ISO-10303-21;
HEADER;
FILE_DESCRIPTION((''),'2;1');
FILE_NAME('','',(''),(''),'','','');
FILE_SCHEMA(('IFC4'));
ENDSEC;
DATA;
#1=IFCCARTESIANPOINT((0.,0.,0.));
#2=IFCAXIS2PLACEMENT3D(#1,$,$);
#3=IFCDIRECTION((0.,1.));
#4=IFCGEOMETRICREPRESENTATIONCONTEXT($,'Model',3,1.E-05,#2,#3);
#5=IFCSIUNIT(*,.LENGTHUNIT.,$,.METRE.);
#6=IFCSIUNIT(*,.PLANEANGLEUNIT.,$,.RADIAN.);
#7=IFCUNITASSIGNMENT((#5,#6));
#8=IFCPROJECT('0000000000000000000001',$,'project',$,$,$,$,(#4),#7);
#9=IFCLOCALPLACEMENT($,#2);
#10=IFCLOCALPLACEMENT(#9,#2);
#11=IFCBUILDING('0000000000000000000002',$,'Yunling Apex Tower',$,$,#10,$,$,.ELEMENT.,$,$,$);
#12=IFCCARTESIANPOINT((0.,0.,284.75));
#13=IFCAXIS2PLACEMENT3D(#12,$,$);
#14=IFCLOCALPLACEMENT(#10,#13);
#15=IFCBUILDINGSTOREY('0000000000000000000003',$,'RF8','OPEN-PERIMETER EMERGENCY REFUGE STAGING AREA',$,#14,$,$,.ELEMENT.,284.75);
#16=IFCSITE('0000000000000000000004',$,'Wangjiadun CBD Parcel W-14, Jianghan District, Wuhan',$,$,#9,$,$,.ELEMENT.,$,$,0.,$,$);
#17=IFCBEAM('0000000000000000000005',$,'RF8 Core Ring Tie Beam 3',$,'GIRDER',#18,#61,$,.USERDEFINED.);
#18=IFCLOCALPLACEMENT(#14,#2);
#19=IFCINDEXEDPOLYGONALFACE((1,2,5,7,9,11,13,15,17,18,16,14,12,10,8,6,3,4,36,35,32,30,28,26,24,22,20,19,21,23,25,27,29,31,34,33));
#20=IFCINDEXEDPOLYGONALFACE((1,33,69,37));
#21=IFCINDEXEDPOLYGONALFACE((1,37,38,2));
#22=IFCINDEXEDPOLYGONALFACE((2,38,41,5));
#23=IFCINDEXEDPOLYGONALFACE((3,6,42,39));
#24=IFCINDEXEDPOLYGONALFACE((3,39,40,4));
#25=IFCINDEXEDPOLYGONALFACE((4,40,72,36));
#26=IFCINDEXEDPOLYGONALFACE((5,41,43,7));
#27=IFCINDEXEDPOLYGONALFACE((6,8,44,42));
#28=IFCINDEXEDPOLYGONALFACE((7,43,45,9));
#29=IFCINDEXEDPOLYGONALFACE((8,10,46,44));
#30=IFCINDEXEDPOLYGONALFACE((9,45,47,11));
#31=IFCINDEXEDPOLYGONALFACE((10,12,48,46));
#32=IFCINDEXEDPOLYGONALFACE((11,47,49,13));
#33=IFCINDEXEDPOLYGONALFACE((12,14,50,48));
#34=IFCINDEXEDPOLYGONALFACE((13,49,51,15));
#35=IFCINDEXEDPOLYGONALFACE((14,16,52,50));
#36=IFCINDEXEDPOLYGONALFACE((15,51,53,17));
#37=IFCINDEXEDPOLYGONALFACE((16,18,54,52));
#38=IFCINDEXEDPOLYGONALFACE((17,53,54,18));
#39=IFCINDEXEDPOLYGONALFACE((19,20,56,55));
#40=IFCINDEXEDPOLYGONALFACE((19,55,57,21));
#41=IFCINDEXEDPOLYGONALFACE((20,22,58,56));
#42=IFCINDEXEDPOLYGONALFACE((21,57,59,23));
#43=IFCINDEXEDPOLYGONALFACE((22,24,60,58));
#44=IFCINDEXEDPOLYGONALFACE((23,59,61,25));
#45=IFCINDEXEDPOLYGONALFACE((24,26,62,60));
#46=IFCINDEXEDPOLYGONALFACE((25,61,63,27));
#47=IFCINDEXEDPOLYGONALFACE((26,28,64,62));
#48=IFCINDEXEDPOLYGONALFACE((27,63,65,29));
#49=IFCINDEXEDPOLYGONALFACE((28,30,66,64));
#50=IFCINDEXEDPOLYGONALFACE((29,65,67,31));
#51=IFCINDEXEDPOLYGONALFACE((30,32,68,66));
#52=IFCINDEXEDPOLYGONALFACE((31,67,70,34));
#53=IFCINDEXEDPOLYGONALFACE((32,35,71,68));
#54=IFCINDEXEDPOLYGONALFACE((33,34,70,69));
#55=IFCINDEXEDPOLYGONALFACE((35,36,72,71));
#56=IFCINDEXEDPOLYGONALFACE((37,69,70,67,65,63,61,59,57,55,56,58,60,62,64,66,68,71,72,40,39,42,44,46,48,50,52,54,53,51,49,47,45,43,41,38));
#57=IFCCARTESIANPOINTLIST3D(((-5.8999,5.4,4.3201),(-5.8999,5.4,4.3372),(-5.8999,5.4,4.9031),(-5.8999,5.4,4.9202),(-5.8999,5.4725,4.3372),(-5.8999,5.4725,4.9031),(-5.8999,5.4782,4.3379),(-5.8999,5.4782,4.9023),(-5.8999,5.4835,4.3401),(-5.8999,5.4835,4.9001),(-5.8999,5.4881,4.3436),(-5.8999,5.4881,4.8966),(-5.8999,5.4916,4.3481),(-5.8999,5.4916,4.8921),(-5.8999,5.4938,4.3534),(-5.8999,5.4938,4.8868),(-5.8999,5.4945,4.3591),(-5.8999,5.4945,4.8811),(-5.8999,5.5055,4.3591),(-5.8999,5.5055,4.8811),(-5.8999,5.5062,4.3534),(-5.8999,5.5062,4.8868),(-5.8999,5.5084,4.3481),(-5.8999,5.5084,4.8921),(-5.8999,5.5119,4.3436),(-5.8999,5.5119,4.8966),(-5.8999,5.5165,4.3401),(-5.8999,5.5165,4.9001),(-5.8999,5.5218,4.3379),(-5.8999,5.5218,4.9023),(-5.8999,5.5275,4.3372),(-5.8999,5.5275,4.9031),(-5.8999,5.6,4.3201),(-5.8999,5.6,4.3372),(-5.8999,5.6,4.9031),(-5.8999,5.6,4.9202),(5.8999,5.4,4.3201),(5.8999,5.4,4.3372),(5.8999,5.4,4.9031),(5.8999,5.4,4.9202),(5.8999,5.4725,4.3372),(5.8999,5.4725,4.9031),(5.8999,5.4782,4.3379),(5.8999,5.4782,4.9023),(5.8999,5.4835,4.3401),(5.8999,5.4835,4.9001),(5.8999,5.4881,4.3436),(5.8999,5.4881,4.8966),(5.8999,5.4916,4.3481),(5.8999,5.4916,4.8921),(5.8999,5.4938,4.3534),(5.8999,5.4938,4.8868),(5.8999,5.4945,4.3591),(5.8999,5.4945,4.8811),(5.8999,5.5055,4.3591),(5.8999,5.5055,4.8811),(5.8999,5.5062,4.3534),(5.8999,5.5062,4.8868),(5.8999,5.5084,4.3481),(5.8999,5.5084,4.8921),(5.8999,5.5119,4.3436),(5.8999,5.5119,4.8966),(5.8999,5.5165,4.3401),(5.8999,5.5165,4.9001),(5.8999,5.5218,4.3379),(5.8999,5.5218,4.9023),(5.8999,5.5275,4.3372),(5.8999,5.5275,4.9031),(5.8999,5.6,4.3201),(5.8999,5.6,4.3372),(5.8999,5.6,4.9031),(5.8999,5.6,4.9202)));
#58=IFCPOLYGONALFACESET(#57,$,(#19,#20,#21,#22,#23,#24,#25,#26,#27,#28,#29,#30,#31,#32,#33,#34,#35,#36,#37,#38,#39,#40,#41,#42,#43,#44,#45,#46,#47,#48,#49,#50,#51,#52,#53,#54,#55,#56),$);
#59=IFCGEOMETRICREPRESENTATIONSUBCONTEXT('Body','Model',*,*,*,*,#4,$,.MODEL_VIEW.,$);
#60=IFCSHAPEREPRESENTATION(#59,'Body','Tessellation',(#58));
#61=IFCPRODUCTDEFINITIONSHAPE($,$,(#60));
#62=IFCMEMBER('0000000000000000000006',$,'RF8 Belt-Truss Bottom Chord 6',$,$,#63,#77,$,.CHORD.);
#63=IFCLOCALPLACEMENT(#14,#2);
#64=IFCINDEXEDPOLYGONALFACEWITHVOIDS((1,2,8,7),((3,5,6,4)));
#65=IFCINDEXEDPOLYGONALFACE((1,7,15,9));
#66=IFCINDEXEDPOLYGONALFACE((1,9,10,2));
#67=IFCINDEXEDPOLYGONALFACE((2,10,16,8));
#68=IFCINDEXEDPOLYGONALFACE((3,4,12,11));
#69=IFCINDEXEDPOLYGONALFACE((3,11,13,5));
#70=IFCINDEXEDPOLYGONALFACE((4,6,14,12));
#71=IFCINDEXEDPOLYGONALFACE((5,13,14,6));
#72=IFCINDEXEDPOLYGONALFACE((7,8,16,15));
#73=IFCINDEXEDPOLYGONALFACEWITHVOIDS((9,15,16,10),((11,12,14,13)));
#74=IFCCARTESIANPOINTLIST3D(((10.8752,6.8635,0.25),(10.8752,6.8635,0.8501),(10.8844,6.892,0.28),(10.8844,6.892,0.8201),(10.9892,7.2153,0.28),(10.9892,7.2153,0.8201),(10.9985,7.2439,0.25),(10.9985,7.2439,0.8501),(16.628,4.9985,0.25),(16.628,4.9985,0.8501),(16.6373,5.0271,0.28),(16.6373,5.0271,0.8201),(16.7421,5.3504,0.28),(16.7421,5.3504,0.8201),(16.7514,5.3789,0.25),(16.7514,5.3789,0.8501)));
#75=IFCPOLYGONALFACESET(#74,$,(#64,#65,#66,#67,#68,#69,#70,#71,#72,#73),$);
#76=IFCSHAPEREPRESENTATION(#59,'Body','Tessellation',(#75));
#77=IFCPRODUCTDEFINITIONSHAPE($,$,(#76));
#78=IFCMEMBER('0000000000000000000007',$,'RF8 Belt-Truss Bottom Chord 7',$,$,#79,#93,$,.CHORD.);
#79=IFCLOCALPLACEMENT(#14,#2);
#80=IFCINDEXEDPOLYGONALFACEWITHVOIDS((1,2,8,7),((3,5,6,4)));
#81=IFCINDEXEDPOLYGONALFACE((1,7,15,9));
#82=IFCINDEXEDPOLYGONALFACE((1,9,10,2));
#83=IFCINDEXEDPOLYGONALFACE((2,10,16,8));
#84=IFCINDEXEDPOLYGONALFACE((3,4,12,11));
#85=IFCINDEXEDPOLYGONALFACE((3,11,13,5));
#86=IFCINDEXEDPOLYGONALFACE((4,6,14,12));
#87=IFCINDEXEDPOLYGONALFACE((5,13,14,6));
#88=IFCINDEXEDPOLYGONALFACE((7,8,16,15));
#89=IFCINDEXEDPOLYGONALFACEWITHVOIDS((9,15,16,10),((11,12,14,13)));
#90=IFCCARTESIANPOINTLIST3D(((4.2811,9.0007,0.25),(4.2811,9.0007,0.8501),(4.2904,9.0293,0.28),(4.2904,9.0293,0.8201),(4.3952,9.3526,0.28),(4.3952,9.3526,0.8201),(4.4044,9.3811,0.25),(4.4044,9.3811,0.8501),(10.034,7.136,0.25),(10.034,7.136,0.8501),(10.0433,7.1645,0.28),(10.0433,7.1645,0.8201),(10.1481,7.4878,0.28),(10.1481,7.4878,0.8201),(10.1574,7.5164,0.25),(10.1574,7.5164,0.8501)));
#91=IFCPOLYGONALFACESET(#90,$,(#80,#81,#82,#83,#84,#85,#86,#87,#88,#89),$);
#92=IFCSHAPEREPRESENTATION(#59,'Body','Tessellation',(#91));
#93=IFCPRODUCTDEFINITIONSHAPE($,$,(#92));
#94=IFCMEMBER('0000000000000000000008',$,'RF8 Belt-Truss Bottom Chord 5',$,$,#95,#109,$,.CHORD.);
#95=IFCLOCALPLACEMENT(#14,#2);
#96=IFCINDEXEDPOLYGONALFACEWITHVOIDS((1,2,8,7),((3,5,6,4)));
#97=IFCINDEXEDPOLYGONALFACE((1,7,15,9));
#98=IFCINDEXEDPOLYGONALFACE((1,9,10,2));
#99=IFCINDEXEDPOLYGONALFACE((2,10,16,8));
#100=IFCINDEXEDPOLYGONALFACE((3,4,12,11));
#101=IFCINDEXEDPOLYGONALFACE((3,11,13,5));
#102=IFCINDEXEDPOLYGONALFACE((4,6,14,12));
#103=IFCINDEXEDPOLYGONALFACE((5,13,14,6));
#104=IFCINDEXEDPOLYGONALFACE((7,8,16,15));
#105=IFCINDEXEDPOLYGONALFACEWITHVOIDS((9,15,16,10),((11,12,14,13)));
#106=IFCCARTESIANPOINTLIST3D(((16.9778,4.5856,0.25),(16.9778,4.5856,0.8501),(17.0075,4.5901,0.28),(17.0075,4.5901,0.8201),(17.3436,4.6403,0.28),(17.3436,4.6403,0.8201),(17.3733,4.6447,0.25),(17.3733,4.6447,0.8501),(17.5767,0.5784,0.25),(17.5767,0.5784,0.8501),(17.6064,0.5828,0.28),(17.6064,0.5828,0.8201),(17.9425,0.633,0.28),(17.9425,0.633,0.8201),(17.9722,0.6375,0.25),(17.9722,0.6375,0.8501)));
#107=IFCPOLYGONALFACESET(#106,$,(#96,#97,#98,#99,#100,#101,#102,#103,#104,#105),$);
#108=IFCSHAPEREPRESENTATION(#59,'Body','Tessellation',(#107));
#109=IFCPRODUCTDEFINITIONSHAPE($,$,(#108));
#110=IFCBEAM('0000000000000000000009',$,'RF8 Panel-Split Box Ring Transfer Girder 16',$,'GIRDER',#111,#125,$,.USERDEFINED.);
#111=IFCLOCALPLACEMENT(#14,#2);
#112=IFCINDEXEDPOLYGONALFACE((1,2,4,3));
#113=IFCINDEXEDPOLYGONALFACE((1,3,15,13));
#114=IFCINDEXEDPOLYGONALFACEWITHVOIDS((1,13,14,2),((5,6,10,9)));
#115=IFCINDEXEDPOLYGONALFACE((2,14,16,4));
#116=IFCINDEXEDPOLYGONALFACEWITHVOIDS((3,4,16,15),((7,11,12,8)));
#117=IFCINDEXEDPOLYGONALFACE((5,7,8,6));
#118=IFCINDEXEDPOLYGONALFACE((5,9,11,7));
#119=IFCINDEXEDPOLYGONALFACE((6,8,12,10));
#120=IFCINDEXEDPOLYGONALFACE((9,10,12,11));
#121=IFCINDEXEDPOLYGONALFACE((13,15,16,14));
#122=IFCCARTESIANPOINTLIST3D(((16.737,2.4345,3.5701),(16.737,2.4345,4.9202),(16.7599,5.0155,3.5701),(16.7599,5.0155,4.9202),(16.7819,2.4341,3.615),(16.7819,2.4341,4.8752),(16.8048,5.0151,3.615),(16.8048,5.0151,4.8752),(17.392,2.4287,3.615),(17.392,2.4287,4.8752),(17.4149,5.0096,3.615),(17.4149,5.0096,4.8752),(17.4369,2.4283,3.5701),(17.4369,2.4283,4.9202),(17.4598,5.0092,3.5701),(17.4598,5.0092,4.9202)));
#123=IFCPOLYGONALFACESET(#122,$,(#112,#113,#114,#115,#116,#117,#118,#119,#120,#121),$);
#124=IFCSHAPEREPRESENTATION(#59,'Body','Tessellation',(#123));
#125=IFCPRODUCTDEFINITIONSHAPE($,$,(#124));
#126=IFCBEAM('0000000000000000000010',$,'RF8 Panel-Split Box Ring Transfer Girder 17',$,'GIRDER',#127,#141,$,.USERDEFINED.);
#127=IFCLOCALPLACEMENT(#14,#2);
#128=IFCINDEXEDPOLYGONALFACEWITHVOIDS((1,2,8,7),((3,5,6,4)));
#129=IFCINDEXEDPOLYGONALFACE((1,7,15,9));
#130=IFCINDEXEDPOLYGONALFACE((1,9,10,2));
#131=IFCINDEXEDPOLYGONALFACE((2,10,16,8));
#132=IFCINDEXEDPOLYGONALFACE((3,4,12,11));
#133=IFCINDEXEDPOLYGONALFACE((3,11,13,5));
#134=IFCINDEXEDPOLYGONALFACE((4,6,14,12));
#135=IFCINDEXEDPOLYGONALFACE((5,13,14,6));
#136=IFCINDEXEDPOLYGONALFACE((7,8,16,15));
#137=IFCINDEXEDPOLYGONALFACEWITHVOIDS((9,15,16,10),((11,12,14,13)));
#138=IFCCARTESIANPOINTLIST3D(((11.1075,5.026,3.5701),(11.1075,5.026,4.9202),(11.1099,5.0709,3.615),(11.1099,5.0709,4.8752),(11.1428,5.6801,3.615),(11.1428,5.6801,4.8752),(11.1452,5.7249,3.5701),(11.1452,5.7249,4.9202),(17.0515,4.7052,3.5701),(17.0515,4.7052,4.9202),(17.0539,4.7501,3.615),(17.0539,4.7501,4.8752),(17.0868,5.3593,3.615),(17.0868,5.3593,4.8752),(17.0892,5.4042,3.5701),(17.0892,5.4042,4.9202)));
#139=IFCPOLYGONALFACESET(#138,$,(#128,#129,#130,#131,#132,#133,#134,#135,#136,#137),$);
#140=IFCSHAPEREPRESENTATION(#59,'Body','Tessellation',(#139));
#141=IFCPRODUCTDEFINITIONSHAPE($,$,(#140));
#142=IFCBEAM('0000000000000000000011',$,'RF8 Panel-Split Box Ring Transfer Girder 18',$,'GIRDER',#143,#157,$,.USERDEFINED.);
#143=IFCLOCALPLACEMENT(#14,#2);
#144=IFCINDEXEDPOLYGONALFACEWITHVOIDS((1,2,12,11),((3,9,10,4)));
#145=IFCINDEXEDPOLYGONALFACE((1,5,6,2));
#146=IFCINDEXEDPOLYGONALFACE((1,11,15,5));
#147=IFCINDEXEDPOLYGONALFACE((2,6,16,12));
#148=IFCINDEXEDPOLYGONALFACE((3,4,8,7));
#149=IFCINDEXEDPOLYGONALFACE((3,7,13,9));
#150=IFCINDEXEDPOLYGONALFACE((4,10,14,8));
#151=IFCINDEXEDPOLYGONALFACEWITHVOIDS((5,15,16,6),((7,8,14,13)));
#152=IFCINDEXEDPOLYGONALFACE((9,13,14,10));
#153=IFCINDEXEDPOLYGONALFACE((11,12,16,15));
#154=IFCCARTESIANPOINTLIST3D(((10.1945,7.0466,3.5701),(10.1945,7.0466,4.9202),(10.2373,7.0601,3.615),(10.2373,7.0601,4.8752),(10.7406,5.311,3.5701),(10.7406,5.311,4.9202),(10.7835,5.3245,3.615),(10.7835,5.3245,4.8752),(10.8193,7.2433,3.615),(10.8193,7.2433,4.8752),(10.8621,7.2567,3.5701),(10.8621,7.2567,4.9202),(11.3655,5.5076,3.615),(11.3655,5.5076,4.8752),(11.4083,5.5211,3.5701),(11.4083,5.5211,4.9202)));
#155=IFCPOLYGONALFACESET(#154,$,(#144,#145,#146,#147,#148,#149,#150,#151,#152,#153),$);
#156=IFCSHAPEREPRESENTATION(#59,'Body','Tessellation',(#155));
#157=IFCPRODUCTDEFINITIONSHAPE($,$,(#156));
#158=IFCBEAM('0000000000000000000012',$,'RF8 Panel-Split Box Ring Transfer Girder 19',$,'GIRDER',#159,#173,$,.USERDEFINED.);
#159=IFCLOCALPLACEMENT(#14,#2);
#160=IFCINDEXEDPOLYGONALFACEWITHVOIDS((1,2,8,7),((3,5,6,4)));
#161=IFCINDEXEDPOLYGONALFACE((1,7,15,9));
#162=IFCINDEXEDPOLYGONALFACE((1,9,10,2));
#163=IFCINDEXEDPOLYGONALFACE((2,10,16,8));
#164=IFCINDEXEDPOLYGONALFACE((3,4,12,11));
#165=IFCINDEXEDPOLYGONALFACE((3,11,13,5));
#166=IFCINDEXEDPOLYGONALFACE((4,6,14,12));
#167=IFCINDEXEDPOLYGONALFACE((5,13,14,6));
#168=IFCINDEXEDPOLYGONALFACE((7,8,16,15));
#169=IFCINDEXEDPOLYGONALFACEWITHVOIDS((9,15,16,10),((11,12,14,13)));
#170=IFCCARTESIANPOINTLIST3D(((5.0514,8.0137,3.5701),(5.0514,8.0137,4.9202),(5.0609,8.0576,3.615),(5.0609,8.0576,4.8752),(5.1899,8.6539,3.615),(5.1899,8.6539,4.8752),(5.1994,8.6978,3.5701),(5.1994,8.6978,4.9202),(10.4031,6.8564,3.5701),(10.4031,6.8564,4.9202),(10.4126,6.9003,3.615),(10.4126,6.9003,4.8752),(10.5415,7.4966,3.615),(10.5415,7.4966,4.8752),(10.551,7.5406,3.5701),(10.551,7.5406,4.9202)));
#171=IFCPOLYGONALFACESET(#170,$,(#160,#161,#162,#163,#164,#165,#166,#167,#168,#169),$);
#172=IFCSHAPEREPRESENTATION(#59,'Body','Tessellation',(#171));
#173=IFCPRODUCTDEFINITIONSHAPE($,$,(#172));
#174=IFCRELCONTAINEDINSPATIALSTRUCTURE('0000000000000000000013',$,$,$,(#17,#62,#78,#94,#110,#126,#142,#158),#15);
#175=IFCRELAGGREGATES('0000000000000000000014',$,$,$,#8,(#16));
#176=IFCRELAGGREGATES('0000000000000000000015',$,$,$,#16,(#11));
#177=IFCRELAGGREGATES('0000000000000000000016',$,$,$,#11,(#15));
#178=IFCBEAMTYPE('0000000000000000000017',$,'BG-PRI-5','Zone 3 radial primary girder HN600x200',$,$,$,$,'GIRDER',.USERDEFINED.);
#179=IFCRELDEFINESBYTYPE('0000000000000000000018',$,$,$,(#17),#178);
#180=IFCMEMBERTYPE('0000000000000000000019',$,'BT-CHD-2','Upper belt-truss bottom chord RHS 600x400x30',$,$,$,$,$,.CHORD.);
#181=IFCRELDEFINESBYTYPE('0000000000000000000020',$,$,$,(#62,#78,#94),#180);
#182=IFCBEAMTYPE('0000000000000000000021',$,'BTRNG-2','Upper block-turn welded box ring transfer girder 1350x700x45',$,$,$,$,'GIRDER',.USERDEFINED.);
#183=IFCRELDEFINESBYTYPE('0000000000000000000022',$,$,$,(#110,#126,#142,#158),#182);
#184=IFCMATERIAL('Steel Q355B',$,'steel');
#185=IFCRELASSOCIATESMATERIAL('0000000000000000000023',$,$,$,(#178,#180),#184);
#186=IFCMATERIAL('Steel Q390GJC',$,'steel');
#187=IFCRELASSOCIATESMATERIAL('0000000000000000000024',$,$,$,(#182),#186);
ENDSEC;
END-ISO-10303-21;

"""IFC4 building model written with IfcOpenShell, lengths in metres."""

from ifc_helpers import new_model, si_unit, direction, frame, origin, origin_2d, place, context, subcontext, project, spatial, hollow_rectangle, i_section, extrude, source, transform, mapped, material, material_profile, profile_set, type_object, element, save


model = new_model("IFC4")

# Units and contexts
model_context = context("Model", 3, precision=1e-05, world=origin(), true_north=direction((0.0, 1.0)))
body_context = subcontext(model_context, "Body", "Model", "MODEL_VIEW")
ifc_project = project(units=[si_unit("LENGTHUNIT", "METRE"), si_unit("PLANEANGLEUNIT", "RADIAN")], contexts=[model_context])

# Site, building, storey
site_placement = place(None, origin())
site = spatial("IfcSite", under=ifc_project, at=site_placement, Name="Wangjiadun CBD Parcel W-14, Jianghan District, Wuhan", CompositionType="ELEMENT", RefElevation=0.0)
building_placement = place(site_placement, origin())
building = spatial("IfcBuilding", under=site, at=building_placement, Name="Yunling Apex Tower", CompositionType="ELEMENT")
storey_placement = place(building_placement, frame((0.0, 0.0, 284.75)))
storey = spatial("IfcBuildingStorey", under=building, at=storey_placement, Name="RF8", Description="OPEN-PERIMETER EMERGENCY REFUGE STAGING AREA", CompositionType="ELEMENT", Elevation=284.75)

# Shared definitions
ifc_material_1 = material(Name="Steel Q355B", Category="steel")

# Beam
ifc_material_profile_1 = material_profile(ifc_material_1, i_section(OverallWidth=0.2, OverallDepth=0.6001, WebThickness=0.011, FlangeThickness=0.0171, FilletRadius=0.022, at=origin_2d()))
ifc_profile_set_1 = profile_set([ifc_material_profile_1], Name="Steel Q355B")
beam_type_1 = type_object("IfcBeamType", Name="BG-PRI-5", Description="Zone 3 radial primary girder HN600x200", ElementType="GIRDER", PredefinedType="USERDEFINED", material=ifc_profile_set_1)
shared_shape_1 = source(origin(), body_context, "Body", "SweptSolid", [
    extrude(i_section(OverallWidth=0.2, OverallDepth=0.6001, WebThickness=0.011, FlangeThickness=0.0171, FilletRadius=0.022, at=origin_2d()), origin(), (0.0, 0.0, 1.0), 11.7998),
])
beam_1_placement = place(storey_placement, frame((5.8999, 5.5, 4.6201), z_axis=(-1.0, 0.0, 0.0), x_axis=(0.0, -1.0, 0.0)))
element("IfcBeam", 1, at=beam_1_placement, inside=storey, type_object=beam_type_1, Name="RF8 Core Ring Tie Beam 3", ObjectType="GIRDER", PredefinedType="USERDEFINED", context=body_context, shape_type="MappedRepresentation", body=[
    mapped(shared_shape_1, transform((0.0, 0.0, 0.0), scale=1.0)),
])

# Members
ifc_material_profile_2 = material_profile(ifc_material_1, hollow_rectangle(XDim=0.3999, YDim=0.6001, WallThickness=0.03, at=origin_2d()))
ifc_profile_set_2 = profile_set([ifc_material_profile_2], Name="Steel Q355B")
member_type_1 = type_object("IfcMemberType", Name="BT-CHD-2", Description="Upper belt-truss bottom chord RHS 600x400x30", PredefinedType="CHORD", material=ifc_profile_set_2)
shared_shape_2 = source(origin(), body_context, "Body", "SweptSolid", [
    extrude(hollow_rectangle(XDim=0.3999, YDim=0.6001, WallThickness=0.03, at=origin_2d()), origin(), (0.0, 0.0, 1.0), 6.0476),
])
for number, where, z_axis, x_axis, name in (
    (2, (16.6897, 5.1887, 0.55), (-0.951263, 0.308381, 0.0), (-0.308381, -0.951263, 0.0), "RF8 Belt-Truss Bottom Chord 6"),
    (3, (10.0957, 7.3262, 0.55), (-0.951275, 0.308345, 0.0), (-0.308345, -0.951275, 0.0), "RF8 Belt-Truss Bottom Chord 7"),
):
    element("IfcMember", number, at=place(storey_placement, frame(where, z_axis=z_axis, x_axis=x_axis)), inside=storey, type_object=member_type_1, Name=name, PredefinedType="CHORD", context=body_context, shape_type="MappedRepresentation", body=[
        mapped(shared_shape_2, transform((0.0, 0.0, 0.0), scale=1.0)),
    ])
shared_shape_3 = source(origin(), body_context, "Body", "SweptSolid", [
    extrude(hollow_rectangle(XDim=0.3999, YDim=0.6001, WallThickness=0.03, at=origin_2d()), origin(), (0.0, 0.0, 1.0), 4.0518),
])
member_1_placement = place(storey_placement, frame((17.7744, 0.6079, 0.55), z_axis=(-0.147804, 0.989017, 0.0), x_axis=(-0.989017, -0.147804, 0.0)))
element("IfcMember", 4, at=member_1_placement, inside=storey, type_object=member_type_1, Name="RF8 Belt-Truss Bottom Chord 5", PredefinedType="CHORD", context=body_context, shape_type="MappedRepresentation", body=[
    mapped(shared_shape_3, transform((0.0, 0.0, 0.0), scale=1.0)),
])

# Beams
ifc_material_2 = material(Name="Steel Q390GJC", Category="steel")
ifc_material_profile_3 = material_profile(ifc_material_2, hollow_rectangle(XDim=0.7, YDim=1.3501, WallThickness=0.0449, at=origin_2d()))
ifc_profile_set_3 = profile_set([ifc_material_profile_3], Name="Steel Q390GJC")
beam_type_2 = type_object("IfcBeamType", Name="BTRNG-2", Description="Upper block-turn welded box ring transfer girder 1350x700x45", ElementType="GIRDER", PredefinedType="USERDEFINED", material=ifc_profile_set_3)
shared_shape_4 = source(origin(), body_context, "Body", "SweptSolid", [
    extrude(hollow_rectangle(XDim=0.7, YDim=1.3501, WallThickness=0.0449, at=origin_2d()), origin(), (0.0, 0.0, 1.0), 2.5811),
])
beam_2_placement = place(storey_placement, frame((17.0869, 2.4314, 4.2451), z_axis=(0.008891, 0.99996, 0.0), x_axis=(-0.99996, 0.008891, 0.0)))
element("IfcBeam", 5, at=beam_2_placement, inside=storey, type_object=beam_type_2, Name="RF8 Panel-Split Box Ring Transfer Girder 16", ObjectType="GIRDER", PredefinedType="USERDEFINED", context=body_context, shape_type="MappedRepresentation", body=[
    mapped(shared_shape_4, transform((0.0, 0.0, 0.0), scale=1.0)),
])
shared_shape_5 = source(origin(), body_context, "Body", "SweptSolid", [
    extrude(hollow_rectangle(XDim=0.7, YDim=1.3501, WallThickness=0.0449, at=origin_2d()), origin(), (0.0, 0.0, 1.0), 5.9526),
])
beam_3_placement = place(storey_placement, frame((17.0703, 5.0547, 4.2451), z_axis=(-0.998547, 0.053891, 0.0), x_axis=(-0.053891, -0.998547, 0.0)))
element("IfcBeam", 6, at=beam_3_placement, inside=storey, type_object=beam_type_2, Name="RF8 Panel-Split Box Ring Transfer Girder 17", ObjectType="GIRDER", PredefinedType="USERDEFINED", context=body_context, shape_type="MappedRepresentation", body=[
    mapped(shared_shape_5, transform((0.0, 0.0, 0.0), scale=1.0)),
])
shared_shape_6 = source(origin(), body_context, "Body", "SweptSolid", [
    extrude(hollow_rectangle(XDim=0.7, YDim=1.3501, WallThickness=0.0449, at=origin_2d()), origin(), (0.0, 0.0, 1.0), 1.8196),
])
beam_4_placement = place(storey_placement, frame((11.0745, 5.416, 4.2451), z_axis=(-0.300162, 0.953888, 0.0), x_axis=(-0.953888, -0.300162, 0.0)))
element("IfcBeam", 7, at=beam_4_placement, inside=storey, type_object=beam_type_2, Name="RF8 Panel-Split Box Ring Transfer Girder 18", ObjectType="GIRDER", PredefinedType="USERDEFINED", context=body_context, shape_type="MappedRepresentation", body=[
    mapped(shared_shape_6, transform((0.0, 0.0, 0.0), scale=1.0)),
])
shared_shape_7 = source(origin(), body_context, "Body", "SweptSolid", [
    extrude(hollow_rectangle(XDim=0.7, YDim=1.3501, WallThickness=0.0449, at=origin_2d()), origin(), (0.0, 0.0, 1.0), 5.4753),
])
beam_5_placement = place(storey_placement, frame((10.4771, 7.1985, 4.2451), z_axis=(-0.977409, 0.211356, 0.0), x_axis=(-0.211356, -0.977409, 0.0)))
element("IfcBeam", 8, at=beam_5_placement, inside=storey, type_object=beam_type_2, Name="RF8 Panel-Split Box Ring Transfer Girder 19", ObjectType="GIRDER", PredefinedType="USERDEFINED", context=body_context, shape_type="MappedRepresentation", body=[
    mapped(shared_shape_7, transform((0.0, 0.0, 0.0), scale=1.0)),
])

save(model, "model.ifc")
